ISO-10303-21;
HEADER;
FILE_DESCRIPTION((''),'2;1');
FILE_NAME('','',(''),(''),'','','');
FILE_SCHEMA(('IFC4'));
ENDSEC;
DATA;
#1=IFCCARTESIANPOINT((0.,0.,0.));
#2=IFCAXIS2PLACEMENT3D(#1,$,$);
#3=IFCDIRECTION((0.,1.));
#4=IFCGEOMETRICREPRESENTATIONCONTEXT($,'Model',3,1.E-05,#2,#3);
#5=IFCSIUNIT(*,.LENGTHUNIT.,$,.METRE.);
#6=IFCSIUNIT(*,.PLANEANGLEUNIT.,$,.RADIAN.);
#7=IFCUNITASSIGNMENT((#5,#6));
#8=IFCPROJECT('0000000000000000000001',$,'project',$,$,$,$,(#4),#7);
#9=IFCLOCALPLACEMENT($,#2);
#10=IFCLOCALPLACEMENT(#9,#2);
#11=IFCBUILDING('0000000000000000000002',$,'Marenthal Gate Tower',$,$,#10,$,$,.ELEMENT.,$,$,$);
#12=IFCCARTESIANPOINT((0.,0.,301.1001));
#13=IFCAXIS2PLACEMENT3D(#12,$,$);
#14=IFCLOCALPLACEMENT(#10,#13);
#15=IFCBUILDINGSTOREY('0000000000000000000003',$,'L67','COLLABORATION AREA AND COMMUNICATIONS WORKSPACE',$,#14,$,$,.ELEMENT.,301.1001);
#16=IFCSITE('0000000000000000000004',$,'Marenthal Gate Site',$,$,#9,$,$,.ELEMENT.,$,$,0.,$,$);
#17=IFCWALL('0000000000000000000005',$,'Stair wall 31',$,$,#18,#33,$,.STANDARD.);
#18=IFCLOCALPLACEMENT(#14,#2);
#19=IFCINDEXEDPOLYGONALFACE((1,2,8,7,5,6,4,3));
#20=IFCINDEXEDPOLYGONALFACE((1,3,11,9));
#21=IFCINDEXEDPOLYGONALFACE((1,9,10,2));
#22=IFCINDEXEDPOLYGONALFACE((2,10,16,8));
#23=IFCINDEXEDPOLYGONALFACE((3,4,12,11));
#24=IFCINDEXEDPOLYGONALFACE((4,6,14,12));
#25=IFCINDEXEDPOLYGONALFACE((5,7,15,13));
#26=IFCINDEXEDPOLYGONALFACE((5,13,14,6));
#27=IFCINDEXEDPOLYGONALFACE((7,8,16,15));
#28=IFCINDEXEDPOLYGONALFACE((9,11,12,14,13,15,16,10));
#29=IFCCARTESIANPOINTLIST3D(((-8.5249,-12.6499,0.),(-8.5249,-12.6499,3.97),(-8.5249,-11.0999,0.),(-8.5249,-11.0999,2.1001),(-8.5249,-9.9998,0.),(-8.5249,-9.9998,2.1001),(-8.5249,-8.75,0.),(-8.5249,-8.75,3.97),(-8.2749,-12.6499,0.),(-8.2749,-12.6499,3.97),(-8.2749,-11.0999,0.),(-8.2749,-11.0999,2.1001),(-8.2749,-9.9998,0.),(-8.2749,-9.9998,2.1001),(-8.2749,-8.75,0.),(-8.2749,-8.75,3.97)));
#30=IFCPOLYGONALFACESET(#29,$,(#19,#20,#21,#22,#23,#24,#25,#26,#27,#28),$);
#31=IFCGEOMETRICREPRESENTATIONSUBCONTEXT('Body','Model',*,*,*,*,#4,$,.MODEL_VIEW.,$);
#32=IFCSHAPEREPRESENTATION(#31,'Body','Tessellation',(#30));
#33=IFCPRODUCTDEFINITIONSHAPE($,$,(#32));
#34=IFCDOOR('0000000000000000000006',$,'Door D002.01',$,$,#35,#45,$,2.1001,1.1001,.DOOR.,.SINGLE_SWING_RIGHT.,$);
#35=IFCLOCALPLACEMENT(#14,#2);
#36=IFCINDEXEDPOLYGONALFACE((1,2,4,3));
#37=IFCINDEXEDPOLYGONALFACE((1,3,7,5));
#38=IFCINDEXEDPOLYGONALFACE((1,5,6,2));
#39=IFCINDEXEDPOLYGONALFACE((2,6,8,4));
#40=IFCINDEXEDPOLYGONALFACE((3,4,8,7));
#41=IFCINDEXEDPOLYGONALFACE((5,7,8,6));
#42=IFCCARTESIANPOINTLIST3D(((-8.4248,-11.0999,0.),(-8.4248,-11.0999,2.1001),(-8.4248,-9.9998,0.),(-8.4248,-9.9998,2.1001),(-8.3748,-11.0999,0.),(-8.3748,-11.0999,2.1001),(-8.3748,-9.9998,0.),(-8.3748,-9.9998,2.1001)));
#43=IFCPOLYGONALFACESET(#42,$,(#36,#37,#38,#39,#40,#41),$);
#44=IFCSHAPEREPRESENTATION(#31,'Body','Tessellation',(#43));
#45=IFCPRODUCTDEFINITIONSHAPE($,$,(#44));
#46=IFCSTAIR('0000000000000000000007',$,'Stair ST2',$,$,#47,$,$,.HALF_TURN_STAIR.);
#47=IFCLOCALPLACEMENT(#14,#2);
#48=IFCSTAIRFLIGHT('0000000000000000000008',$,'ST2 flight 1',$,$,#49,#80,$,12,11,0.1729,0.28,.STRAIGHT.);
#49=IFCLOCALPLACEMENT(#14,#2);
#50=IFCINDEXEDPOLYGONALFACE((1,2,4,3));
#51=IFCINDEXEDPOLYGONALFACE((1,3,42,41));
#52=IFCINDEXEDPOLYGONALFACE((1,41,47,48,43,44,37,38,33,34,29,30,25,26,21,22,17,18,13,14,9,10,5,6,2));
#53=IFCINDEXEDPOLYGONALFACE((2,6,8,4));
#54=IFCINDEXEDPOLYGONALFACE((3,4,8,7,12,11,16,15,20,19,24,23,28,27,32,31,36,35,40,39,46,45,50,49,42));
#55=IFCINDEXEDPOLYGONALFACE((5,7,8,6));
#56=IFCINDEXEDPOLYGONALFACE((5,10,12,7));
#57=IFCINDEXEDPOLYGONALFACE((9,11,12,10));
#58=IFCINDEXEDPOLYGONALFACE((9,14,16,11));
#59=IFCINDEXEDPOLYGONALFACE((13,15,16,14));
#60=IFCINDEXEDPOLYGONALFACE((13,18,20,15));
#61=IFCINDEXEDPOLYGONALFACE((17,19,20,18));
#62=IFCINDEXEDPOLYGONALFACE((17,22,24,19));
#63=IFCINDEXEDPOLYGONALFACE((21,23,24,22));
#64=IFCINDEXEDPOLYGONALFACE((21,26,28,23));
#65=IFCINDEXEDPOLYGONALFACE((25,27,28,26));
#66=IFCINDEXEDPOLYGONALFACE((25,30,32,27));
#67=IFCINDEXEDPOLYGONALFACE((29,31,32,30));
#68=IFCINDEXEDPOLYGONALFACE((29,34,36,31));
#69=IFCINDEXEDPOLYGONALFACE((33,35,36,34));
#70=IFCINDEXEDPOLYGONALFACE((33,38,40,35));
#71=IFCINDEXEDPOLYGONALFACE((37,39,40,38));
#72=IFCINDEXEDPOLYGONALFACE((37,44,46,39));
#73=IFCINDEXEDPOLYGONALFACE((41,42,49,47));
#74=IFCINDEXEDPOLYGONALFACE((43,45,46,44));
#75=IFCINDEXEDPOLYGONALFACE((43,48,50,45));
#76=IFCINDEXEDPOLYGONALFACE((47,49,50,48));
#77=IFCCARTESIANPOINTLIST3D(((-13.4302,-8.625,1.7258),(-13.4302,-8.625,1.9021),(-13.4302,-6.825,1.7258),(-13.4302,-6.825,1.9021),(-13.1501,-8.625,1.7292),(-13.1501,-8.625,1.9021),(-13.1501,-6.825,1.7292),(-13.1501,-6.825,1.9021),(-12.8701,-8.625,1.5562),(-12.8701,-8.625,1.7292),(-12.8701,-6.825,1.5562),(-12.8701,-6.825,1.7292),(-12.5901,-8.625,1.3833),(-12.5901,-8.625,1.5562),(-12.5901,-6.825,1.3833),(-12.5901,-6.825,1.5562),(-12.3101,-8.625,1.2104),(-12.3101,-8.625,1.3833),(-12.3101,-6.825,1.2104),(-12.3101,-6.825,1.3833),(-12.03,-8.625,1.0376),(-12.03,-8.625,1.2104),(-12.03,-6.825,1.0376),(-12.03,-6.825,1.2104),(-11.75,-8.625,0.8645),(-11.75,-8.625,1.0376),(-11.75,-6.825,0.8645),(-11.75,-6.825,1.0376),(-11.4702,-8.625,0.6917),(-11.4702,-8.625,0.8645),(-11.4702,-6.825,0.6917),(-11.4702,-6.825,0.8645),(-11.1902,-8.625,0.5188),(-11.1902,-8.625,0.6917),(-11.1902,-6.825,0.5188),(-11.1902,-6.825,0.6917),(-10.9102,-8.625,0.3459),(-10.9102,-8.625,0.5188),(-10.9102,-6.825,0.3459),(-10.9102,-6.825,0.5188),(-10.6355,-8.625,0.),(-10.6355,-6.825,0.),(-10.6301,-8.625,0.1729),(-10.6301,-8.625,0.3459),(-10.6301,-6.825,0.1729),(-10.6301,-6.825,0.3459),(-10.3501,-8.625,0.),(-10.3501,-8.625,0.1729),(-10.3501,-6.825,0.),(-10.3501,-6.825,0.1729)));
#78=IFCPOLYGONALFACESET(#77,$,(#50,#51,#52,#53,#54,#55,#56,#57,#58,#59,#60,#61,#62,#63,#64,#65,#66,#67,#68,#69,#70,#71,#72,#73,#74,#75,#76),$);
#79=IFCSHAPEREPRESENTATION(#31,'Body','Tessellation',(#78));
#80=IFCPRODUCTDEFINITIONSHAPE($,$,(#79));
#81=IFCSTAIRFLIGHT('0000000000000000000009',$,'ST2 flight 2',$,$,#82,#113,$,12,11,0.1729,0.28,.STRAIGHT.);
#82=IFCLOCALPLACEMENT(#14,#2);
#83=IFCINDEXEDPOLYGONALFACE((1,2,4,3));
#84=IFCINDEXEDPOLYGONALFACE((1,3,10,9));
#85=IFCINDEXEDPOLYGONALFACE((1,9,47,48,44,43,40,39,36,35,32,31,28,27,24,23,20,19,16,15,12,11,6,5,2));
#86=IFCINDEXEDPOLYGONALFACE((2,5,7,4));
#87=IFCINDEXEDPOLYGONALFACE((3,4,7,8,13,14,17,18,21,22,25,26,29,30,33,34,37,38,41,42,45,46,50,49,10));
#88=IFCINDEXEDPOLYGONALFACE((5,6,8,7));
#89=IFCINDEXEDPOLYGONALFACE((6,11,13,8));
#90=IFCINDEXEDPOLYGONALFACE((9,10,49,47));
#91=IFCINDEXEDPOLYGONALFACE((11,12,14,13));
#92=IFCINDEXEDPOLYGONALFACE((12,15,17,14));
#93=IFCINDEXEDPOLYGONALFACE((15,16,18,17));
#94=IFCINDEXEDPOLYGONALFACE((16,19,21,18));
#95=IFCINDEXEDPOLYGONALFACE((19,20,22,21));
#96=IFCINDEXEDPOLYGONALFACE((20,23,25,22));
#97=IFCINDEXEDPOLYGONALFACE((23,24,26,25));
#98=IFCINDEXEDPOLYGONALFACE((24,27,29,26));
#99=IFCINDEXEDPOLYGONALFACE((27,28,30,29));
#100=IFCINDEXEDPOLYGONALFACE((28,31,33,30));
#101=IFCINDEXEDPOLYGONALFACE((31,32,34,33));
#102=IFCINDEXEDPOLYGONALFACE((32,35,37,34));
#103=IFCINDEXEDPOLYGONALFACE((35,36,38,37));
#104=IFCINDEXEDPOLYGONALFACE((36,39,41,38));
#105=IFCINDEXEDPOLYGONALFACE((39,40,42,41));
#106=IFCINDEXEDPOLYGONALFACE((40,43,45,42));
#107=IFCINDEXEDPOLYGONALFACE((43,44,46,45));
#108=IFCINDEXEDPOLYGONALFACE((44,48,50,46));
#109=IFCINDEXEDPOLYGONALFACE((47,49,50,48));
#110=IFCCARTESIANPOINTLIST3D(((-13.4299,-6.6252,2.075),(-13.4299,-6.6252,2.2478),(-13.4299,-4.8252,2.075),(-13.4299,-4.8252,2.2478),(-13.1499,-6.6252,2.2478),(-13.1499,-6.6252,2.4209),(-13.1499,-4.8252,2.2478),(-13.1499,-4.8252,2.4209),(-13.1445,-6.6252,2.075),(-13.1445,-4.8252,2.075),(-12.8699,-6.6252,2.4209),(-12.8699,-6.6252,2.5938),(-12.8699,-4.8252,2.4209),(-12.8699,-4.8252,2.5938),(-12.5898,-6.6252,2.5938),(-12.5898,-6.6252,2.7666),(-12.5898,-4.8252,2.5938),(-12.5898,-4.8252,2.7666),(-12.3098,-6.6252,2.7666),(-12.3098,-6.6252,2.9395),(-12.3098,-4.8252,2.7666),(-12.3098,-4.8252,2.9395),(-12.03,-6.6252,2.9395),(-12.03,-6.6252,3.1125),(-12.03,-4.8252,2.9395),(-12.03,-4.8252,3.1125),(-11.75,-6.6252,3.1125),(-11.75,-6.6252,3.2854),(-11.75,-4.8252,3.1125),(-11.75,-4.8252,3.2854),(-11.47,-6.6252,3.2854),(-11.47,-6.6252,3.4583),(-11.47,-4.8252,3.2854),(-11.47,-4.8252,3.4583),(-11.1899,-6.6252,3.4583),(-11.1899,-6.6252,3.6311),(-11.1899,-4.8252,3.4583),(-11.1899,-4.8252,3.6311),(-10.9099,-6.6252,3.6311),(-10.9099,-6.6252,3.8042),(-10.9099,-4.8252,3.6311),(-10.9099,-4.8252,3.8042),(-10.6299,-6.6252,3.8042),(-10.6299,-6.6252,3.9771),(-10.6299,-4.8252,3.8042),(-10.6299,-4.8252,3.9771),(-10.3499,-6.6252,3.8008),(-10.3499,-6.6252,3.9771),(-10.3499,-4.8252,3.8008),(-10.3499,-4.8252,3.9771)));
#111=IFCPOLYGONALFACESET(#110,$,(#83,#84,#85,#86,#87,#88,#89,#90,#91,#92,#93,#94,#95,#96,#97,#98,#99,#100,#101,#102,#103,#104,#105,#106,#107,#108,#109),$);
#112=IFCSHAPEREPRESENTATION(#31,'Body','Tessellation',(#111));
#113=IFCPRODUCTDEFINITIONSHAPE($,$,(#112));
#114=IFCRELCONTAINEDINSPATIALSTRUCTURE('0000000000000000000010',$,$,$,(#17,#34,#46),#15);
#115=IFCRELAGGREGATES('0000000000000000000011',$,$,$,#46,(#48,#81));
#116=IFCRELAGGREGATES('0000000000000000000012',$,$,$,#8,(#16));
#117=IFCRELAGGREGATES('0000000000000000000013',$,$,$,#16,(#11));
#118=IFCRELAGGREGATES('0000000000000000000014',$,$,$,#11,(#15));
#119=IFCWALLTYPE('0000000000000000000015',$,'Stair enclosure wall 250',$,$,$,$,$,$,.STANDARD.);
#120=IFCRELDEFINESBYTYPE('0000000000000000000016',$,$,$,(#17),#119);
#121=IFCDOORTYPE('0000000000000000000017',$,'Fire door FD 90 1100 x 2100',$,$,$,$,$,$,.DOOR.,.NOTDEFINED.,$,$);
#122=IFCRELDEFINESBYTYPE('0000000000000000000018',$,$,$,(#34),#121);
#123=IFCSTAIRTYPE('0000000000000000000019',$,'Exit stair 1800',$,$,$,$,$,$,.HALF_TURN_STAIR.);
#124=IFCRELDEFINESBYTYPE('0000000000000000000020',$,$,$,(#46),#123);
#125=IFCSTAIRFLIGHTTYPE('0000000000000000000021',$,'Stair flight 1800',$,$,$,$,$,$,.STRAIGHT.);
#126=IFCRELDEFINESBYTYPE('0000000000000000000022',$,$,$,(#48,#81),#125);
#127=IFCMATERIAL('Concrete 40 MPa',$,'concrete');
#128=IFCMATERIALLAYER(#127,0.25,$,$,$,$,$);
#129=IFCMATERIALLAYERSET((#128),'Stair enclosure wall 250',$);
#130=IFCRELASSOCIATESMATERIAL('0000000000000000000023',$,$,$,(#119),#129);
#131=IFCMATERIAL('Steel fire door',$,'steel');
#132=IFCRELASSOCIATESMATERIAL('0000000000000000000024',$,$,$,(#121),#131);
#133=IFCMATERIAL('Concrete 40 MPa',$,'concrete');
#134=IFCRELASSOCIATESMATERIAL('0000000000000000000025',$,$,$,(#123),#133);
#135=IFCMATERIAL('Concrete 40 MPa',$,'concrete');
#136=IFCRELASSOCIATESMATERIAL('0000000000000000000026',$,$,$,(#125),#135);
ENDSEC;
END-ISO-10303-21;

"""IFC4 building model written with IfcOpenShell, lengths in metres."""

from ifc_helpers import new_model, si_unit, direction, frame, frame_2d, origin, place, context, subcontext, project, spatial, polyline, rectangle, outline, extrude, material, layer, layer_set, type_object, element, fill, aggregate, save


model = new_model("IFC4")

# Units and contexts
model_context = context("Model", 3, precision=1e-05, world=origin(), true_north=direction((0.0, 1.0)))
body_context = subcontext(model_context, "Body", "Model", "MODEL_VIEW")
ifc_project = project(units=[si_unit("LENGTHUNIT", "METRE"), si_unit("PLANEANGLEUNIT", "RADIAN")], contexts=[model_context])

# Site, building, storey
site_placement = place(None, origin())
site = spatial("IfcSite", under=ifc_project, at=site_placement, Name="Marenthal Gate Site", CompositionType="ELEMENT", RefElevation=0.0)
building_placement = place(site_placement, origin())
building = spatial("IfcBuilding", under=site, at=building_placement, Name="Marenthal Gate Tower", CompositionType="ELEMENT")
storey_placement = place(building_placement, frame((0.0, 0.0, 301.1001)))
storey = spatial("IfcBuildingStorey", under=building, at=storey_placement, Name="L67", Description="COLLABORATION AREA AND COMMUNICATIONS WORKSPACE", CompositionType="ELEMENT", Elevation=301.1001)

# Shared definitions
ifc_material_1 = material(Name="Concrete 40 MPa", Category="concrete")
ifc_layer_1 = layer(ifc_material_1, 0.25)
ifc_layer_set_1 = layer_set([ifc_layer_1], Name="Stair enclosure wall 250")
wall_type_1 = type_object("IfcWallType", Name="Stair enclosure wall 250", PredefinedType="STANDARD", material=ifc_layer_set_1)

# Wall, opening, door
wall_1_placement = place(storey_placement, frame((-8.3999, -12.6499, 0.0), z_axis=(0.0, 0.0, 1.0), x_axis=(0.0, 1.0, 0.0)))
wall_1 = element("IfcWall", 1, at=wall_1_placement, inside=storey, type_object=wall_type_1, Name="Stair wall 31", PredefinedType="STANDARD", context=body_context, shape_type="SweptSolid", body=[
    extrude(rectangle(XDim=3.8999, YDim=0.25, at=frame_2d((1.95, 0.0))), origin(), (0.0, 0.0, 1.0), 3.97),
])
opening_1_placement = place(wall_1_placement, frame((1.55, 0.0, 0.0)))
opening_1 = element("IfcOpeningElement", 2, at=opening_1_placement, cuts=wall_1, PredefinedType="OPENING", context=body_context, shape_type="SweptSolid", body=[
    extrude(rectangle(XDim=1.1001, YDim=2.1001, at=frame_2d((0.55, 1.05))), frame((0.0, 0.135, 0.0), z_axis=(0.0, -1.0, 0.0), x_axis=(1.0, 0.0, 0.0)), (0.0, 0.0, 1.0), 0.27),
])
ifc_material_2 = material(Name="Steel fire door", Category="steel")
door_type_1 = type_object("IfcDoorType", Name="Fire door FD 90 1100 x 2100", OperationType="NOTDEFINED", PredefinedType="DOOR", material=ifc_material_2)
door_1_placement = place(opening_1_placement, origin())
door_1 = element("IfcDoor", 3, at=door_1_placement, inside=storey, type_object=door_type_1, Name="Door D002.01", OperationType="SINGLE_SWING_RIGHT", OverallHeight=2.1001, OverallWidth=1.1001, PredefinedType="DOOR", context=body_context, shape_type="SweptSolid", body=[
    extrude(rectangle(XDim=1.1001, YDim=2.1001, at=frame_2d((0.55, 1.05))), frame((0.0, 0.0249, 0.0), z_axis=(0.0, -1.0, 0.0), x_axis=(1.0, 0.0, 0.0)), (0.0, 0.0, 1.0), 0.05),
])
fill(opening_1, door_1)

# Stair, stair flights
ifc_material_3 = material(Name="Concrete 40 MPa", Category="concrete")
stair_type = type_object("IfcStairType", Name="Exit stair 1800", PredefinedType="HALF_TURN_STAIR", material=ifc_material_3)
stair_placement = place(storey_placement, origin())
stair = element("IfcStair", 4, at=stair_placement, inside=storey, type_object=stair_type, Name="Stair ST2", PredefinedType="HALF_TURN_STAIR")
ifc_material_4 = material(Name="Concrete 40 MPa", Category="concrete")
stair_flight_type = type_object("IfcStairFlightType", Name="Stair flight 1800", PredefinedType="STRAIGHT", material=ifc_material_4)
stair_flight_1_placement = place(storey_placement, frame((-10.3501, -7.7251, 0.0), z_axis=(0.0, 0.0, 1.0), x_axis=(-1.0, 0.0, 0.0)))
stair_flight_1 = element("IfcStairFlight", 5, at=stair_flight_1_placement, type_object=stair_flight_type, Name="ST2 flight 1", NumberOfRisers=12, NumberOfTreads=11, PredefinedType="STRAIGHT", RiserHeight=0.1729, TreadLength=0.28, context=body_context, shape_type="SweptSolid", body=[
    extrude(outline(polyline([(0.0, 0.0), (0.0, 0.1729), (0.28, 0.1729), (0.28, 0.3459), (0.5601, 0.3459), (0.5601, 0.5188), (0.8401, 0.5188), (0.8401, 0.6917), (1.1201, 0.6917), (1.1201, 0.8645), (1.3999, 0.8645), (1.3999, 1.0376), (1.6799, 1.0376), (1.6799, 1.2104), (1.96, 1.2104), (1.96, 1.3833), (2.24, 1.3833), (2.24, 1.5562), (2.52, 1.5562), (2.52, 1.7292), (2.8, 1.7292), (2.8, 1.9021), (3.0801, 1.9021), (3.0801, 2.075), (3.0801, 1.7258), (0.2854, 0.0), (0.0, 0.0)])), frame((0.0, 0.8999, 0.0), z_axis=(0.0, -1.0, 0.0), x_axis=(1.0, 0.0, 0.0)), (0.0, 0.0, 1.0), 1.8),
])
stair_flight_2_placement = place(storey_placement, frame((-13.4299, -5.7251, 2.075), z_axis=(0.0, 0.0, 1.0), x_axis=(1.0, 0.0, 0.0)))
stair_flight_2 = element("IfcStairFlight", 6, at=stair_flight_2_placement, type_object=stair_flight_type, Name="ST2 flight 2", NumberOfRisers=12, NumberOfTreads=11, PredefinedType="STRAIGHT", RiserHeight=0.1729, TreadLength=0.28, context=body_context, shape_type="SweptSolid", body=[
    extrude(outline(polyline([(0.0, 0.0), (0.0, 0.1729), (0.28, 0.1729), (0.28, 0.3459), (0.5601, 0.3459), (0.5601, 0.5188), (0.8401, 0.5188), (0.8401, 0.6917), (1.1201, 0.6917), (1.1201, 0.8645), (1.3999, 0.8645), (1.3999, 1.0376), (1.6799, 1.0376), (1.6799, 1.2104), (1.96, 1.2104), (1.96, 1.3833), (2.24, 1.3833), (2.24, 1.5562), (2.52, 1.5562), (2.52, 1.7292), (2.8, 1.7292), (2.8, 1.9021), (3.0801, 1.9021), (3.0801, 2.075), (3.0801, 1.7258), (0.2854, 0.0), (0.0, 0.0)])), frame((0.0, 0.8999, 0.0), z_axis=(0.0, -1.0, 0.0), x_axis=(1.0, 0.0, 0.0)), (0.0, 0.0, 1.0), 1.8),
])
aggregate(stair, [stair_flight_1, stair_flight_2])

save(model, "model.ifc")
